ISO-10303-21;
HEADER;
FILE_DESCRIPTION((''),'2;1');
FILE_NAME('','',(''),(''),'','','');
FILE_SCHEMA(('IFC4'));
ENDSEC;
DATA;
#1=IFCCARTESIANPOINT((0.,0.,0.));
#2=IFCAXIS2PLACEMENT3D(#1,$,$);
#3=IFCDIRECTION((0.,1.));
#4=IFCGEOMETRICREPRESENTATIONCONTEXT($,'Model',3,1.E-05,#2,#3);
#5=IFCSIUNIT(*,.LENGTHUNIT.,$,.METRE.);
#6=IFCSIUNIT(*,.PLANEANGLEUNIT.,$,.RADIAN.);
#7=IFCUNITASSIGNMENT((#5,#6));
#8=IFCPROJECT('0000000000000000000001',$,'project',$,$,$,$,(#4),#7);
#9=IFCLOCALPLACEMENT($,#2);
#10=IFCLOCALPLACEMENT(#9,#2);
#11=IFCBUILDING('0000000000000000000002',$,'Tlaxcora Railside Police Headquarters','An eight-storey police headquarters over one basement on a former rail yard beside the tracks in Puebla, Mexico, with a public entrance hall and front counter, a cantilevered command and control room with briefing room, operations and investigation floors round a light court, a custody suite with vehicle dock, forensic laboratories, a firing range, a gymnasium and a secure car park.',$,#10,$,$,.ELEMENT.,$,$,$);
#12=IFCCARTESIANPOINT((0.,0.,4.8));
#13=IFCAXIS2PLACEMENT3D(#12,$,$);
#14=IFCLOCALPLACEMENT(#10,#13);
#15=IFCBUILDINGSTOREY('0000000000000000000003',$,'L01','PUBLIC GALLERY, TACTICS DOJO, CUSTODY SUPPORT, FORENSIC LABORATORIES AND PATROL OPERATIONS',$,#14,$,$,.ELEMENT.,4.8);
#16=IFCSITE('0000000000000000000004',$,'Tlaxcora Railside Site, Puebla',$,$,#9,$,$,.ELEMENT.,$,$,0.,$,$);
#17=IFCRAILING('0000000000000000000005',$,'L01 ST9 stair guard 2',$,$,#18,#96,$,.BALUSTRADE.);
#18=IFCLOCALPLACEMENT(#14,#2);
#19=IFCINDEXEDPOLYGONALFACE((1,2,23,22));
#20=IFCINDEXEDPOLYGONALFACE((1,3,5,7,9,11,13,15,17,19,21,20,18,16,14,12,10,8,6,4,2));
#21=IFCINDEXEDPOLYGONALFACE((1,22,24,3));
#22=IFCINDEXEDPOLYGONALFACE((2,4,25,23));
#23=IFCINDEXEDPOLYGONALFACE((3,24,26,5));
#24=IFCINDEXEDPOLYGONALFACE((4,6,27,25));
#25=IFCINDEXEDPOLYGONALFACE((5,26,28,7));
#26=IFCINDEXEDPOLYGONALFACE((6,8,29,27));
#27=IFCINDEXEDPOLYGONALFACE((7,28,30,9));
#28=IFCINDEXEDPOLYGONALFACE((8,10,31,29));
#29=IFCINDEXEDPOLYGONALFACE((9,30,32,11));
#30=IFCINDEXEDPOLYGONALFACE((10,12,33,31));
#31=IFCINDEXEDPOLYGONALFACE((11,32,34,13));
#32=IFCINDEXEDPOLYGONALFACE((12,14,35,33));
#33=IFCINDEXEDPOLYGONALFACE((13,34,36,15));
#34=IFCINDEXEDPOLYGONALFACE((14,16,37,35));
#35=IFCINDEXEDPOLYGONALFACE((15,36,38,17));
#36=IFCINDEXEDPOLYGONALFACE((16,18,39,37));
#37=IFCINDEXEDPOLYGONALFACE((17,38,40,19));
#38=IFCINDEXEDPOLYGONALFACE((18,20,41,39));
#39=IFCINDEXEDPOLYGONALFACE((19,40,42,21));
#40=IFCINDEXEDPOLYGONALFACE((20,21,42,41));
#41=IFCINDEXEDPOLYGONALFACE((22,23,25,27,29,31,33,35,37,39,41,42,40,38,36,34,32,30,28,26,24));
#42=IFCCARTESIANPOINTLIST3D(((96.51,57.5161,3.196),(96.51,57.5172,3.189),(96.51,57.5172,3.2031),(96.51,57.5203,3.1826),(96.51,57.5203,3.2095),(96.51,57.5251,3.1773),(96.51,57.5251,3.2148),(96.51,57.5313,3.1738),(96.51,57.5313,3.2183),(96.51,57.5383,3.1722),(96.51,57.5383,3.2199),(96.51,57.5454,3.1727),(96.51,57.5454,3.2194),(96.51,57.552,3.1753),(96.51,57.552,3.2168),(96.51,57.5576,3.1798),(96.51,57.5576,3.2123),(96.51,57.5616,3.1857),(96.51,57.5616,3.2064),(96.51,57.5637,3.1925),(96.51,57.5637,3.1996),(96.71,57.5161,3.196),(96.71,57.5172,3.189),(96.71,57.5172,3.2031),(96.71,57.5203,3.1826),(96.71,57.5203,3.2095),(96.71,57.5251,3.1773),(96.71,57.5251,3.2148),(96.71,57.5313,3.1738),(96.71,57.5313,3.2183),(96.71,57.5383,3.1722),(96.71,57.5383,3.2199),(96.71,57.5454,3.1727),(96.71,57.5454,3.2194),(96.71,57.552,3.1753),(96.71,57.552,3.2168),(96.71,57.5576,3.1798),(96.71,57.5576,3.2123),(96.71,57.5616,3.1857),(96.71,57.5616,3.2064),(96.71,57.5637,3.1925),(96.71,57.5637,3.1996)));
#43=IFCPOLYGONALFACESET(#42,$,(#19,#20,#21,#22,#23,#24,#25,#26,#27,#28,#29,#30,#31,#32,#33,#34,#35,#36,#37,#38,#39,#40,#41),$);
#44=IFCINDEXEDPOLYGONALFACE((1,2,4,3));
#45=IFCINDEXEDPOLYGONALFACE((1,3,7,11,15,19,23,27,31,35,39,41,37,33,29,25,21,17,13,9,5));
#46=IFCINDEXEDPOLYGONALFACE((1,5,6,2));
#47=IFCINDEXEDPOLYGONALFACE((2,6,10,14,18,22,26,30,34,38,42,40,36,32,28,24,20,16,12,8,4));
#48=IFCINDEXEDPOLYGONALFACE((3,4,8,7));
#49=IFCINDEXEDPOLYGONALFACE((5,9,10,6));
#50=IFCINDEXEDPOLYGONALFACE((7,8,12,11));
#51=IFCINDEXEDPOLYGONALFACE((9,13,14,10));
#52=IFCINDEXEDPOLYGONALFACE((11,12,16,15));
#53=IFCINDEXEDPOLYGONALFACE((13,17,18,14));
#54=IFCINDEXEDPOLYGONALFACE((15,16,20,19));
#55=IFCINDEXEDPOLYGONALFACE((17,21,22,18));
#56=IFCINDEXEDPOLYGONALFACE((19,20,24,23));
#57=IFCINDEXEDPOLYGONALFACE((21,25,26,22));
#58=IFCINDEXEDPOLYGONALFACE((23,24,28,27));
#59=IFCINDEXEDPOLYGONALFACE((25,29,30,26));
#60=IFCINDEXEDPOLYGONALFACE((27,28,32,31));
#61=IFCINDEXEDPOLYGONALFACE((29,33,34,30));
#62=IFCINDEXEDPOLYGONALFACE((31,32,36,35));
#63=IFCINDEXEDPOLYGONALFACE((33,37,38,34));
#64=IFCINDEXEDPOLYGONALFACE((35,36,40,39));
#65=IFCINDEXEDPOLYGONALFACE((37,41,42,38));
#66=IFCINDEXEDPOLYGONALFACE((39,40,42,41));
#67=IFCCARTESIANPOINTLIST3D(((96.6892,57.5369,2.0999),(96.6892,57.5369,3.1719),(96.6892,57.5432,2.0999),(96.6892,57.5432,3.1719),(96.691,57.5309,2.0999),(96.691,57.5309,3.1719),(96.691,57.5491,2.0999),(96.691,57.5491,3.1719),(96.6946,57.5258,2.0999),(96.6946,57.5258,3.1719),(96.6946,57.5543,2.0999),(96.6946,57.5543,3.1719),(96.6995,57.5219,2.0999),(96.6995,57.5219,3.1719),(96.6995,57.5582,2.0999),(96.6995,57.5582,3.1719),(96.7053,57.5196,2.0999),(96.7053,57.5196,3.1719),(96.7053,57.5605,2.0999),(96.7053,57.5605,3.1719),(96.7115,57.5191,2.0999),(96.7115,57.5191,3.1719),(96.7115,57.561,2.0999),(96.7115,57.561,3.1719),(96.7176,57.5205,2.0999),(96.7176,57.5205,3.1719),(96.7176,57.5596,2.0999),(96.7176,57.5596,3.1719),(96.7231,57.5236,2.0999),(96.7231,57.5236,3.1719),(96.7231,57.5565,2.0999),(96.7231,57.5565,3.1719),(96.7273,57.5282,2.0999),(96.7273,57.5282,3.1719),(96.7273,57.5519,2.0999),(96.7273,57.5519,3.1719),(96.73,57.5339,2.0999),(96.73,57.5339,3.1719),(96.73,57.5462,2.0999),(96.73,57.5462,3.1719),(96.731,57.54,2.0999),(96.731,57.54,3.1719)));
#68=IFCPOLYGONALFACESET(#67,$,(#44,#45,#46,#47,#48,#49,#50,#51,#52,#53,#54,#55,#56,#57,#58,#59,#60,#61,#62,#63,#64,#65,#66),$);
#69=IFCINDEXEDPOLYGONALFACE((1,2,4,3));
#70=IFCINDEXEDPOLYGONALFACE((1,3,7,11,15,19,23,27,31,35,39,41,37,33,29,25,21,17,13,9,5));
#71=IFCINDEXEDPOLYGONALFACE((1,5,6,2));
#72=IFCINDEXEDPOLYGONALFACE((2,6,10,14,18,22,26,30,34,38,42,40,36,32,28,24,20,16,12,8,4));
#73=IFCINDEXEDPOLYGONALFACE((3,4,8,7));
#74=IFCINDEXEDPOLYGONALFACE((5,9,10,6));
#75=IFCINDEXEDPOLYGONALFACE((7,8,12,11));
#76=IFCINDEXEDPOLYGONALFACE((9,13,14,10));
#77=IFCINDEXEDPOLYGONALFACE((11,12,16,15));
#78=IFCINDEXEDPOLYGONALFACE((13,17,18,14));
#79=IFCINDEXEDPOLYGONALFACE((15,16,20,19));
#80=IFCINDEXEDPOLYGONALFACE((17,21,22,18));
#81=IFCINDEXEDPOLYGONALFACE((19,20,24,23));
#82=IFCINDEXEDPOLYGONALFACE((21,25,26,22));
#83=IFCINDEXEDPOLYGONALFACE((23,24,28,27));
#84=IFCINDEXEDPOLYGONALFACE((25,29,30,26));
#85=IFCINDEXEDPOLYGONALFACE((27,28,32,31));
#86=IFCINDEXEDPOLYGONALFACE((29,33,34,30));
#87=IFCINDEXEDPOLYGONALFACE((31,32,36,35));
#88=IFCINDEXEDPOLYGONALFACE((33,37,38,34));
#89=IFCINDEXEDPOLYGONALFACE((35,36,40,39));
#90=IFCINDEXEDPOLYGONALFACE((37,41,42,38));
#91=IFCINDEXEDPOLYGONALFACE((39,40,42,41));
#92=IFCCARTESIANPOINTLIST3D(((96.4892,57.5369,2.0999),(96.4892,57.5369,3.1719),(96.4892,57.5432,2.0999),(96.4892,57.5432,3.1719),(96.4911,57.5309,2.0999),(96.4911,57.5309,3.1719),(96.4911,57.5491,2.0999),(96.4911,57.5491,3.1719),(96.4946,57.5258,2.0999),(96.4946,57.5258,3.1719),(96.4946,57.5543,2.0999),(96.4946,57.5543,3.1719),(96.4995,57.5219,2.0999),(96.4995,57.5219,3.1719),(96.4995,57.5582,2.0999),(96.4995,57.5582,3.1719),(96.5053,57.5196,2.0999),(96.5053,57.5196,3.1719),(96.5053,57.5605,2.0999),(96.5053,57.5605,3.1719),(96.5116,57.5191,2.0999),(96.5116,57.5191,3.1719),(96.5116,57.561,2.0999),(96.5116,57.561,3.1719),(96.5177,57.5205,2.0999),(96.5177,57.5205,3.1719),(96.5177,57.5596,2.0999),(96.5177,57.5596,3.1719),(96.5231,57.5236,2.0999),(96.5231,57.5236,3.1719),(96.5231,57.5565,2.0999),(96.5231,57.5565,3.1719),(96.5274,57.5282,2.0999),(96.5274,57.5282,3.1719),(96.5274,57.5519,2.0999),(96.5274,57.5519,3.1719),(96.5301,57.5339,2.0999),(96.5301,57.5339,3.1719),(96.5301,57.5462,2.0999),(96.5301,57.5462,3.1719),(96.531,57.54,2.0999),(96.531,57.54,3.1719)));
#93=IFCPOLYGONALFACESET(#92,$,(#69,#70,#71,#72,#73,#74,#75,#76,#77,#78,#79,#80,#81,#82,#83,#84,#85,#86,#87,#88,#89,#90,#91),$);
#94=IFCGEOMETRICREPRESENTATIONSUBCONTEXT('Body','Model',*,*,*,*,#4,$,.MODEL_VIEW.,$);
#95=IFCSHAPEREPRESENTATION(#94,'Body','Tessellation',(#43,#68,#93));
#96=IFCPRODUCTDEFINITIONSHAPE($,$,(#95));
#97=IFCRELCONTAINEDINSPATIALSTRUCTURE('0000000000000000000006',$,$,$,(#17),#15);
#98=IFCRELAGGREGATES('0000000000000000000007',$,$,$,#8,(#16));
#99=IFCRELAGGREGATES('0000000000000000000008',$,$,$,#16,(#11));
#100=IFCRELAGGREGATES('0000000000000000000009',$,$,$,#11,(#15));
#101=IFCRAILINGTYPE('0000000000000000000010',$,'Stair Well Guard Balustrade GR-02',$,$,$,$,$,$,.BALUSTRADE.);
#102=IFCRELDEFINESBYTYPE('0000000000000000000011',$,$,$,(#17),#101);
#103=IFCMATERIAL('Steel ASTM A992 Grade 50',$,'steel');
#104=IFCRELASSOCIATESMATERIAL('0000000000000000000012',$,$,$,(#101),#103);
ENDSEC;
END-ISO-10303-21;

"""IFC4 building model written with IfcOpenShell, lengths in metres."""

from ifc_helpers import new_model, si_unit, direction, frame, origin, origin_2d, place, context, subcontext, project, spatial, circle, extrude, material, type_object, element, save


model = new_model("IFC4")

# Units and contexts
model_context = context("Model", 3, precision=1e-05, world=origin(), true_north=direction((0.0, 1.0)))
body_context = subcontext(model_context, "Body", "Model", "MODEL_VIEW")
ifc_project = project(units=[si_unit("LENGTHUNIT", "METRE"), si_unit("PLANEANGLEUNIT", "RADIAN")], contexts=[model_context])

# Site, building, storey
site_placement = place(None, origin())
site = spatial("IfcSite", under=ifc_project, at=site_placement, Name="Tlaxcora Railside Site, Puebla", CompositionType="ELEMENT", RefElevation=0.0)
building_placement = place(site_placement, origin())
building = spatial("IfcBuilding", under=site, at=building_placement, Name="Tlaxcora Railside Police Headquarters", Description="An eight-storey police headquarters over one basement on a former rail yard beside the tracks in Puebla, Mexico, with a public entrance hall and front counter, a cantilevered command and control room with briefing room, operations and investigation floors round a light court, a custody suite with vehicle dock, forensic laboratories, a firing range, a gymnasium and a secure car park.", CompositionType="ELEMENT")
storey_placement = place(building_placement, frame((0.0, 0.0, 4.8)))
storey = spatial("IfcBuildingStorey", under=building, at=storey_placement, Name="L01", Description="PUBLIC GALLERY, TACTICS DOJO, CUSTODY SUPPORT, FORENSIC LABORATORIES AND PATROL OPERATIONS", CompositionType="ELEMENT", Elevation=4.8)

# Shared definitions
ifc_material_1 = material(Name="Steel ASTM A992 Grade 50", Category="steel")

# Railing
railing_type_1 = type_object("IfcRailingType", Name="Stair Well Guard Balustrade GR-02", PredefinedType="BALUSTRADE", material=ifc_material_1)
railing_1_placement = place(storey_placement, frame((96.71, 57.54, 2.0999)))
element("IfcRailing", 1, at=railing_1_placement, inside=storey, type_object=railing_type_1, Name="L01 ST9 stair guard 2", PredefinedType="BALUSTRADE", context=body_context, shape_type="SweptSolid", body=[
    extrude(circle(Radius=0.0239, at=origin_2d()), frame((0.0, 0.0, 1.0962), z_axis=(-1.0, 0.0, 0.0), x_axis=(0.0, -1.0, 0.0)), (0.0, 0.0, 1.0), 0.2),
    extrude(circle(Radius=0.021, at=origin_2d()), origin(), (0.0, 0.0, 1.0), 1.072),
    extrude(circle(Radius=0.021, at=origin_2d()), frame((-0.2, 0.0, 0.0)), (0.0, 0.0, 1.0), 1.072),
])

save(model, "model.ifc")
